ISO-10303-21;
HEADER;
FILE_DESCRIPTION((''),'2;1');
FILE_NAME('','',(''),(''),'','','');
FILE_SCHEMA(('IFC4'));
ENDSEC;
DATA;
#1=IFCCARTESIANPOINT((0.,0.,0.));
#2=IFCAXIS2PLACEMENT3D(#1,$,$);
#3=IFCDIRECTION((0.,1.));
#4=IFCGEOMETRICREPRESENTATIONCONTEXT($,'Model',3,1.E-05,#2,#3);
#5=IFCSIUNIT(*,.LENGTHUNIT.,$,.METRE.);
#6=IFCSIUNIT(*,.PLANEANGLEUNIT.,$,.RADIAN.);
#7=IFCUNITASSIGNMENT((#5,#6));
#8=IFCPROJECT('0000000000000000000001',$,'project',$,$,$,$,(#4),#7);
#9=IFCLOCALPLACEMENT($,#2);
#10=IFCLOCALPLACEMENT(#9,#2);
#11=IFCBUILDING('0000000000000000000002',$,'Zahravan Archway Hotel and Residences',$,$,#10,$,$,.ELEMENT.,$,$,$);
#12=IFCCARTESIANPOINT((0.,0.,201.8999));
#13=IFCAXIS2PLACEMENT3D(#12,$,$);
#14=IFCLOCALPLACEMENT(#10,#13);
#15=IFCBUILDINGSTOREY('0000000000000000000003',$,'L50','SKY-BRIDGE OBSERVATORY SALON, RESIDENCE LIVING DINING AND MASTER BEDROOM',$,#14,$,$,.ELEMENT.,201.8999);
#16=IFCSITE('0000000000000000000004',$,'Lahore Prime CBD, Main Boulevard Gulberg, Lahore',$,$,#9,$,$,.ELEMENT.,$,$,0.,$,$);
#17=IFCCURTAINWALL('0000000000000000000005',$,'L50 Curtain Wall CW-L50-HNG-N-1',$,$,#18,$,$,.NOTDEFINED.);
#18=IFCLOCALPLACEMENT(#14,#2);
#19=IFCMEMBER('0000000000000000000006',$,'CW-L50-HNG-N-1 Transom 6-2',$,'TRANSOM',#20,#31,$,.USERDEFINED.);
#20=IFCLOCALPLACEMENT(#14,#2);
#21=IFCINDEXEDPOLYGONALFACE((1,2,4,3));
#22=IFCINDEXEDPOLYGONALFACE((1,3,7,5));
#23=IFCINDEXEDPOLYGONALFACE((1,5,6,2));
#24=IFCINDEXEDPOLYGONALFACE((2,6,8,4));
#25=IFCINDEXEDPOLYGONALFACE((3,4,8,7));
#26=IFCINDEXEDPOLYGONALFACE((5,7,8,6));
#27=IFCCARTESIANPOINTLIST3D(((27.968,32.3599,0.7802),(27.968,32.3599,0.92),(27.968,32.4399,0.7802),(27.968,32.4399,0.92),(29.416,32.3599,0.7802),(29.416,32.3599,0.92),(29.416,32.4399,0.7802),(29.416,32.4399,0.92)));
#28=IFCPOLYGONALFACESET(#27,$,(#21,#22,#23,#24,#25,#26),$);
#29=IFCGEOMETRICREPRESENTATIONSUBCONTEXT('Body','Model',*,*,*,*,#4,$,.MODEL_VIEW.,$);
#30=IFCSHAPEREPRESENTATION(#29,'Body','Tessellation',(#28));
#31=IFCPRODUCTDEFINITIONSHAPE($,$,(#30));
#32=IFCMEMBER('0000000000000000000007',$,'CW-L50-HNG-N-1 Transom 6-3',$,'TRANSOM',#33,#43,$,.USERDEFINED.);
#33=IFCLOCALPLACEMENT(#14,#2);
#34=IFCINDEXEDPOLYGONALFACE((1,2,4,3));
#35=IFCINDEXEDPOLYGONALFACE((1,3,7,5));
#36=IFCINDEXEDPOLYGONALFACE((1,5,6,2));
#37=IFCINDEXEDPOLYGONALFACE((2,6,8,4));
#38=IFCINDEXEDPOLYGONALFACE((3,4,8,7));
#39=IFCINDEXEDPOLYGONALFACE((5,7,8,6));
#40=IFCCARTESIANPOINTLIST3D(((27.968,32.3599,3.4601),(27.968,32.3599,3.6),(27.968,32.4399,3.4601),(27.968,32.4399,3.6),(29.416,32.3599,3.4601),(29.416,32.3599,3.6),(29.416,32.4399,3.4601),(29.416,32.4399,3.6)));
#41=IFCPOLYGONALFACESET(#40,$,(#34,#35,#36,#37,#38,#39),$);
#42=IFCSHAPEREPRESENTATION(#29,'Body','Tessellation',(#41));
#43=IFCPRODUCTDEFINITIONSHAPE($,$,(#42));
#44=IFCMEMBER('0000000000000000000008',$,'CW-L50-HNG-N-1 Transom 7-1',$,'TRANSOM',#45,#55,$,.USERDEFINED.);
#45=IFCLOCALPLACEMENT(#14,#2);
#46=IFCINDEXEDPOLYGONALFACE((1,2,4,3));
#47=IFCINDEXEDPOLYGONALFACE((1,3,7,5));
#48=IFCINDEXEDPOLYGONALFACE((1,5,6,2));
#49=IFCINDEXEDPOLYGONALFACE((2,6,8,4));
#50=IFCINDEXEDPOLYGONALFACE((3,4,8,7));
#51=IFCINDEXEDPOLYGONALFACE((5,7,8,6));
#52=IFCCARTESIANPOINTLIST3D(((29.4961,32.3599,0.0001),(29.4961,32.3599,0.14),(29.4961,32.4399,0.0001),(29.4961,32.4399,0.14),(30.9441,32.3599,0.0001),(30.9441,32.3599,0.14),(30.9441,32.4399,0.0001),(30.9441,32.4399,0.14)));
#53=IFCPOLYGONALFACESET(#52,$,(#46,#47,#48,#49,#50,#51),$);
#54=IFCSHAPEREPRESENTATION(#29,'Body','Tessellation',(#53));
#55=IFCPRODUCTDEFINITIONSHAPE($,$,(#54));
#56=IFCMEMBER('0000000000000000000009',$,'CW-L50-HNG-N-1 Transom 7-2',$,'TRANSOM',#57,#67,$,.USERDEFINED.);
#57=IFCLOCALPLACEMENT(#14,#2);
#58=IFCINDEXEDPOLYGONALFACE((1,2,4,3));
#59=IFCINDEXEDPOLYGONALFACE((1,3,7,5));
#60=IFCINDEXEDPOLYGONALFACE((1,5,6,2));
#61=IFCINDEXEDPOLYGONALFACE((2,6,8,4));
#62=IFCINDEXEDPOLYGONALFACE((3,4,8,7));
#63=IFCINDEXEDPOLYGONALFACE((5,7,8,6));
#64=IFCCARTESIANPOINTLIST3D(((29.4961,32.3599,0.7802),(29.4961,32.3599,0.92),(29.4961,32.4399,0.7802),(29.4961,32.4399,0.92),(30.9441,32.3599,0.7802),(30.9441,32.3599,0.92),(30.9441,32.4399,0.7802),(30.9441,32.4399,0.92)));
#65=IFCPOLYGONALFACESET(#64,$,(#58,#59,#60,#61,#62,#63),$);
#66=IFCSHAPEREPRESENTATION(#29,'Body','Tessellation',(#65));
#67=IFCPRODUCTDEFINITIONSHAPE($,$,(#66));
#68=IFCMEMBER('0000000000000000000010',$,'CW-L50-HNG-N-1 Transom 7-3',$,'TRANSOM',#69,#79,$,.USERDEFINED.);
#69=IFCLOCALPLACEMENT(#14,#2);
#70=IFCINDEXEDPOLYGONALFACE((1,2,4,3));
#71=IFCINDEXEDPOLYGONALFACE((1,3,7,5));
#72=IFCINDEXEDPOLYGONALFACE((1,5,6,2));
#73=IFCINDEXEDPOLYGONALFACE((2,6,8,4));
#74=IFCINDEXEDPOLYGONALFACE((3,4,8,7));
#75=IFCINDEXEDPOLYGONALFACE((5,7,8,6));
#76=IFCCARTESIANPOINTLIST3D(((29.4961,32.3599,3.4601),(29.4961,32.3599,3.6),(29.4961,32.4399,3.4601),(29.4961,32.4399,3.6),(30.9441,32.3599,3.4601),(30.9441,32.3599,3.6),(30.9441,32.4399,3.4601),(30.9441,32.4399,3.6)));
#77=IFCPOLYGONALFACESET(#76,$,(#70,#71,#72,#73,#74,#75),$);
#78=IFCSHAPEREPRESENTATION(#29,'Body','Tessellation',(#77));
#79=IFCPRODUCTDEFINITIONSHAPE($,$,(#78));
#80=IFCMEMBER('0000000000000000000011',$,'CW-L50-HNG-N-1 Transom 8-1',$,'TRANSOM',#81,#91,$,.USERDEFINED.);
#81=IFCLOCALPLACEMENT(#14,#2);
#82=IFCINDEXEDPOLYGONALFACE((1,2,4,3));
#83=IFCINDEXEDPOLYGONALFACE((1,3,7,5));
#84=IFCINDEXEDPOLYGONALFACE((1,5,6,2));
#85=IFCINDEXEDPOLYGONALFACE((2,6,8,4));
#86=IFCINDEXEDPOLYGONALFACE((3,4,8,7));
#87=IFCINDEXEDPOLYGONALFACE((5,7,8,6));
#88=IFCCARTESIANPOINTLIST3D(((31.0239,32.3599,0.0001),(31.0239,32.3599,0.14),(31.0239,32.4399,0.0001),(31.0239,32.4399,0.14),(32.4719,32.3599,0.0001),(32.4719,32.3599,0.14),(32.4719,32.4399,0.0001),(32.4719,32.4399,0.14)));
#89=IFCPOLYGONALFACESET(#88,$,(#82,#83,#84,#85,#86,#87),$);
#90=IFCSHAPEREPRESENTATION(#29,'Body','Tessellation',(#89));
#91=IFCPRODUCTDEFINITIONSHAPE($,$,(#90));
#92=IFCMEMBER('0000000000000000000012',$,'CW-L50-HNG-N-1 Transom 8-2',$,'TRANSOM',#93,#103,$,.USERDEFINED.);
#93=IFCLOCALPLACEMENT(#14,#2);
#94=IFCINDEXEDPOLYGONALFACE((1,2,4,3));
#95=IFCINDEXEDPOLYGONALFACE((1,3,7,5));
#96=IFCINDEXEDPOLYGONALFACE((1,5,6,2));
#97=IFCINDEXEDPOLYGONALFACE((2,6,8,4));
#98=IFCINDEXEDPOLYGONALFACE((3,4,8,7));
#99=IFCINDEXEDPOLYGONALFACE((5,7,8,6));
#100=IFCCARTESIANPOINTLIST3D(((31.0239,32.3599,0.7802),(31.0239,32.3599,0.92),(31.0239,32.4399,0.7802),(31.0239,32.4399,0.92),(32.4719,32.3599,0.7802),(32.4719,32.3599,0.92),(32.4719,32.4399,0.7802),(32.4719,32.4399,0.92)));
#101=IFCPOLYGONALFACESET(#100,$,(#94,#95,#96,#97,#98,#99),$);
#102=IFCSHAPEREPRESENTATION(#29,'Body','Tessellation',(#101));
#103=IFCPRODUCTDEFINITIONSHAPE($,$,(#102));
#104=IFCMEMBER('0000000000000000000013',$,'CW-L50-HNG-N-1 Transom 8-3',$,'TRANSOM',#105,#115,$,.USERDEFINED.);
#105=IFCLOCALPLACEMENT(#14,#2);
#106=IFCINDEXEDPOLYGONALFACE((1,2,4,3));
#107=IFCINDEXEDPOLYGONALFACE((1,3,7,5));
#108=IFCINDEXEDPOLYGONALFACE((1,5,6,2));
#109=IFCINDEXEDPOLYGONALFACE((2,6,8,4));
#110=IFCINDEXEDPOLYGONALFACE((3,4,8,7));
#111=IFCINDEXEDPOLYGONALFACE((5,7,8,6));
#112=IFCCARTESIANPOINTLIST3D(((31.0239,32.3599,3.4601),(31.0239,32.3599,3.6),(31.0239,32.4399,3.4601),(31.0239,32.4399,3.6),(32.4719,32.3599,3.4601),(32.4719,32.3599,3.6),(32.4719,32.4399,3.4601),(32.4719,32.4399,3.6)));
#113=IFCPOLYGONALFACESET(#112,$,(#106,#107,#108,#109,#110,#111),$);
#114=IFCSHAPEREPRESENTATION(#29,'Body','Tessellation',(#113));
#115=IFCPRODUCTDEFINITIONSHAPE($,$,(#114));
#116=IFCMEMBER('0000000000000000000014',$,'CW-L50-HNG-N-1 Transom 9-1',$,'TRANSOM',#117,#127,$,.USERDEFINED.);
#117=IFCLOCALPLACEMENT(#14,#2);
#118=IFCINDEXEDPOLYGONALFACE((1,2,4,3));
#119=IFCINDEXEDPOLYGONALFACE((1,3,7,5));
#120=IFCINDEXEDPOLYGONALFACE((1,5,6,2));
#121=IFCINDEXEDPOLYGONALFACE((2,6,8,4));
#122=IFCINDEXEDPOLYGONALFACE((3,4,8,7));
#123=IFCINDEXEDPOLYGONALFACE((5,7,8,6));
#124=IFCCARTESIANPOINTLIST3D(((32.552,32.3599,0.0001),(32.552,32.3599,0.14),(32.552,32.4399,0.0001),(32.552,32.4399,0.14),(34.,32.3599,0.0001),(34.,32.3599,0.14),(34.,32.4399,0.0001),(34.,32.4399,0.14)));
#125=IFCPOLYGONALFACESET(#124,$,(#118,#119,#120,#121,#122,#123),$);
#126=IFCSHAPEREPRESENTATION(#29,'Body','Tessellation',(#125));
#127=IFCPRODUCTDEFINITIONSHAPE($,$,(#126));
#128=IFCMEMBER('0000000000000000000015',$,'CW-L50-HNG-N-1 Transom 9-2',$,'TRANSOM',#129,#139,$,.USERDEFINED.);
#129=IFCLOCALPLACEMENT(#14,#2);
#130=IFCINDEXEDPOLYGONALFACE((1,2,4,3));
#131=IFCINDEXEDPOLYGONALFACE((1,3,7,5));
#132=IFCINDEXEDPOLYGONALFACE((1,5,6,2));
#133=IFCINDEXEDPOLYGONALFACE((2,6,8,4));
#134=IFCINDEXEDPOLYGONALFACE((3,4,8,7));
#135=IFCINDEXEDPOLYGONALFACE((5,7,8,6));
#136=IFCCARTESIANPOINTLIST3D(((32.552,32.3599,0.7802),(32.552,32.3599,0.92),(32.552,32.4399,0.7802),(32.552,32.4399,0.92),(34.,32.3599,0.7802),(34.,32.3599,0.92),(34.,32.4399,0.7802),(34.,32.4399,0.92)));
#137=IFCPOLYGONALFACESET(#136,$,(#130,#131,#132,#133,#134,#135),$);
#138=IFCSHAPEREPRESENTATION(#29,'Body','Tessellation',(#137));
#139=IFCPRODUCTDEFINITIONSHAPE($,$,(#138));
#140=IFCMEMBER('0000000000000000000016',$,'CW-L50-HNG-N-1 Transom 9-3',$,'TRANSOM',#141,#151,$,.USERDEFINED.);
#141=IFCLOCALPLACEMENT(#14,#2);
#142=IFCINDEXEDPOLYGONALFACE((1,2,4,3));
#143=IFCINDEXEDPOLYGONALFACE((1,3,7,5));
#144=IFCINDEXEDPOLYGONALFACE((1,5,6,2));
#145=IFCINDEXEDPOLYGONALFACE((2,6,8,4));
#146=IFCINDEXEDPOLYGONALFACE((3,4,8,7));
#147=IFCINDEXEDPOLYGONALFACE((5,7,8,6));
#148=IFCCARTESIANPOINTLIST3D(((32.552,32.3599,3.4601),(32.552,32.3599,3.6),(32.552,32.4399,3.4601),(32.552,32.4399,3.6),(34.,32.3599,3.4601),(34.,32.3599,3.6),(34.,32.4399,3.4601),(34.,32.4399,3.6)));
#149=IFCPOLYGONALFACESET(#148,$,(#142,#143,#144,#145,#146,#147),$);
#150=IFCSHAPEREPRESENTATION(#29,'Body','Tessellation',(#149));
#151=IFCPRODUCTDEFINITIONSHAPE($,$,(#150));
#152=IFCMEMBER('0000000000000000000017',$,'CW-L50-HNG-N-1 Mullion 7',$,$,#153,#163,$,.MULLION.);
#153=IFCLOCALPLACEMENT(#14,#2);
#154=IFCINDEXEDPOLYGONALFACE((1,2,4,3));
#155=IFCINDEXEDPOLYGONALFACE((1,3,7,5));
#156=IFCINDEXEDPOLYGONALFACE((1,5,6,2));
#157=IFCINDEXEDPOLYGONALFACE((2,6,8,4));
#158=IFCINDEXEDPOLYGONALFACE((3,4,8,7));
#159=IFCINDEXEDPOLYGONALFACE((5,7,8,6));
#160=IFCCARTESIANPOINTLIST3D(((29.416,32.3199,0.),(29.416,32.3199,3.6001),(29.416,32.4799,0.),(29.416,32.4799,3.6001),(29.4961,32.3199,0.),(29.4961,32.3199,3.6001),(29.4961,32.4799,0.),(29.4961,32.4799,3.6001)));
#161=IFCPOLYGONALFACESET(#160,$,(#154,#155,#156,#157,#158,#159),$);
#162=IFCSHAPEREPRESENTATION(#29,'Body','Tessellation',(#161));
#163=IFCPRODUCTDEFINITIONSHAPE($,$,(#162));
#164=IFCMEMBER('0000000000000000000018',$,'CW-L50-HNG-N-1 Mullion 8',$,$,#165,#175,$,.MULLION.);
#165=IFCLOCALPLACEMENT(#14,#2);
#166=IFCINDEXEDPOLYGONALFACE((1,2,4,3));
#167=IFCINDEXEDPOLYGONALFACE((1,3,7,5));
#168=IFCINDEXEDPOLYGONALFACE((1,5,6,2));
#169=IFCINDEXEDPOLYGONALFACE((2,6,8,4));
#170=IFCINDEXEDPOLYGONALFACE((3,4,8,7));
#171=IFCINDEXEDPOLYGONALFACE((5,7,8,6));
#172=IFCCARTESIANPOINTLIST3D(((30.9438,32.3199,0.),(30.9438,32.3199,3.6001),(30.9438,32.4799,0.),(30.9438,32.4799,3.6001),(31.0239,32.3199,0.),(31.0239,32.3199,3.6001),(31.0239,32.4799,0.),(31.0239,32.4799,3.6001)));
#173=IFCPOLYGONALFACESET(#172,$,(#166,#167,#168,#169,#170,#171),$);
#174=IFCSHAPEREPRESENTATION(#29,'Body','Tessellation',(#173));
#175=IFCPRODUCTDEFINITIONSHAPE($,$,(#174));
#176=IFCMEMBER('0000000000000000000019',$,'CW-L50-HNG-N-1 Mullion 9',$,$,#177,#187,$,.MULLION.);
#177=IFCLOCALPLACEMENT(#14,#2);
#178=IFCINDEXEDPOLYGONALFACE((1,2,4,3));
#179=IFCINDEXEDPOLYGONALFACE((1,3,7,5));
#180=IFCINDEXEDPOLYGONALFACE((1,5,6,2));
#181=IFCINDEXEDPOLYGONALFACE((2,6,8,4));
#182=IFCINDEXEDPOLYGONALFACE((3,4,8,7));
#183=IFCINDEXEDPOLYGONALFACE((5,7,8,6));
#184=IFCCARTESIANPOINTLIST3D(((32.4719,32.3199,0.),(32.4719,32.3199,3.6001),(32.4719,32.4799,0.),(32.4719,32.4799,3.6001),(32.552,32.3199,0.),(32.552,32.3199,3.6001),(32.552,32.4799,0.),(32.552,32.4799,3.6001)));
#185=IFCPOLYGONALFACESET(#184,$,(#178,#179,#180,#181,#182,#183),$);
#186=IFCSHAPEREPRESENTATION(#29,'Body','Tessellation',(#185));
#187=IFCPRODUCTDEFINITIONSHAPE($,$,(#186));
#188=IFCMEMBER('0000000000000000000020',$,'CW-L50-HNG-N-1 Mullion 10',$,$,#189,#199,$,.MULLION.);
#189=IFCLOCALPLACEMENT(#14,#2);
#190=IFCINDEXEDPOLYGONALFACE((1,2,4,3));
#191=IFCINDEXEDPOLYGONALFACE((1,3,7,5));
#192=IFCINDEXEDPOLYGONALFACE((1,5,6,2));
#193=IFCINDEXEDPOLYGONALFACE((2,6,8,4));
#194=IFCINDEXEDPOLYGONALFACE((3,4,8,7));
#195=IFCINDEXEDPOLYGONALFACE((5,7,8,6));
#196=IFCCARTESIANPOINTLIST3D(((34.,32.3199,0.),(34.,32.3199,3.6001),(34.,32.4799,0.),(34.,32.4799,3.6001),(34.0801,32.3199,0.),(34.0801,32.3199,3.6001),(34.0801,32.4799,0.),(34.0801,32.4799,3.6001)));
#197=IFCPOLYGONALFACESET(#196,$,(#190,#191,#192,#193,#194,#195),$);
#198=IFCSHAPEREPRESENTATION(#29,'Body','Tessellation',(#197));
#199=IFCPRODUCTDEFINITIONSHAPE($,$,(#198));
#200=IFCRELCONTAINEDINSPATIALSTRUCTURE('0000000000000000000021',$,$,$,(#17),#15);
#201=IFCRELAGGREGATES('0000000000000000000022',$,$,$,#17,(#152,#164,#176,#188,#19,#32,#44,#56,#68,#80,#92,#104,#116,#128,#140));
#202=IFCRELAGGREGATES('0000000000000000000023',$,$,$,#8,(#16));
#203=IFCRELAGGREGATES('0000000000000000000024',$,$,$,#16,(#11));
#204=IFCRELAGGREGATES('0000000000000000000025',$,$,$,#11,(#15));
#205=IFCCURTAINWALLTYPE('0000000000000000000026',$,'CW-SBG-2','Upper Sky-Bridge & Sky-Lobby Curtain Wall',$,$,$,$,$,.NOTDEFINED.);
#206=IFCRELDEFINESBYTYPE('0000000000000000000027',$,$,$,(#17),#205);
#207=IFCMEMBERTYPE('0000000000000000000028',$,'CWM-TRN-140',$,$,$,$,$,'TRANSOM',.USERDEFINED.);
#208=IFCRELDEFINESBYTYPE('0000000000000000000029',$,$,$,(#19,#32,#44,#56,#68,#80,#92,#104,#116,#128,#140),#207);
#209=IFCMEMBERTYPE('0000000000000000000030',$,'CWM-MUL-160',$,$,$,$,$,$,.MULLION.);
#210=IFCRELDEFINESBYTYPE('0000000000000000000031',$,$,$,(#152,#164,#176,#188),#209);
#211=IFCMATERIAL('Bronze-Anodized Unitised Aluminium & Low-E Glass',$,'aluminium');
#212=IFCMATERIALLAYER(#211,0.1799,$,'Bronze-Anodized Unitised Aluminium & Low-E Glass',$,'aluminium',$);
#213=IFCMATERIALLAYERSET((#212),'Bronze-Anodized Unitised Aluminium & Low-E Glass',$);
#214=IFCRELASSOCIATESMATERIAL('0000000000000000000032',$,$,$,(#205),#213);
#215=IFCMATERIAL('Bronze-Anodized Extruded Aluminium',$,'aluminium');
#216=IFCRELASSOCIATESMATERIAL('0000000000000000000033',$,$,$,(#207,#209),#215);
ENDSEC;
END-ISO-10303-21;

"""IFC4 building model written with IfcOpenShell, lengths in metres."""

from ifc_helpers import new_model, si_unit, direction, frame, origin, origin_2d, place, context, subcontext, project, spatial, rectangle, extrude, source, transform, mapped, material, layer, layer_set, material_profile, profile_set, type_object, element, aggregate, save


model = new_model("IFC4")

# Units and contexts
model_context = context("Model", 3, precision=1e-05, world=origin(), true_north=direction((0.0, 1.0)))
body_context = subcontext(model_context, "Body", "Model", "MODEL_VIEW")
ifc_project = project(units=[si_unit("LENGTHUNIT", "METRE"), si_unit("PLANEANGLEUNIT", "RADIAN")], contexts=[model_context])

# Site, building, storey
site_placement = place(None, origin())
site = spatial("IfcSite", under=ifc_project, at=site_placement, Name="Lahore Prime CBD, Main Boulevard Gulberg, Lahore", CompositionType="ELEMENT", RefElevation=0.0)
building_placement = place(site_placement, origin())
building = spatial("IfcBuilding", under=site, at=building_placement, Name="Zahravan Archway Hotel and Residences", CompositionType="ELEMENT")
storey_placement = place(building_placement, frame((0.0, 0.0, 201.8999)))
storey = spatial("IfcBuildingStorey", under=building, at=storey_placement, Name="L50", Description="SKY-BRIDGE OBSERVATORY SALON, RESIDENCE LIVING DINING AND MASTER BEDROOM", CompositionType="ELEMENT", Elevation=201.8999)

# Curtain wall, members
ifc_material_1 = material(Name="Bronze-Anodized Unitised Aluminium & Low-E Glass", Category="aluminium")
ifc_layer_1 = layer(ifc_material_1, 0.1799, Name="Bronze-Anodized Unitised Aluminium & Low-E Glass", Category="aluminium")
ifc_layer_set_1 = layer_set([ifc_layer_1], Name="Bronze-Anodized Unitised Aluminium & Low-E Glass")
curtain_wall_type = type_object("IfcCurtainWallType", Name="CW-SBG-2", Description="Upper Sky-Bridge & Sky-Lobby Curtain Wall", PredefinedType="NOTDEFINED", material=ifc_layer_set_1)
curtain_wall_placement = place(storey_placement, origin())
curtain_wall = element("IfcCurtainWall", 1, at=curtain_wall_placement, inside=storey, type_object=curtain_wall_type, Name="L50 Curtain Wall CW-L50-HNG-N-1", PredefinedType="NOTDEFINED")
ifc_material_2 = material(Name="Bronze-Anodized Extruded Aluminium", Category="aluminium")
ifc_material_profile_1 = material_profile(ifc_material_2, rectangle(XDim=0.0801, YDim=0.1399, at=origin_2d()), Name="TRN 80x140", Category="aluminium")
ifc_profile_set_1 = profile_set([ifc_material_profile_1], Name="Bronze-Anodized Extruded Aluminium")
member_type_1 = type_object("IfcMemberType", Name="CWM-TRN-140", ElementType="TRANSOM", PredefinedType="USERDEFINED", material=ifc_profile_set_1)
shared_shape_1 = source(origin(), body_context, "Body", "SweptSolid", [
    extrude(rectangle(XDim=0.0801, YDim=0.1399, at=origin_2d()), origin(), (0.0, 0.0, 1.0), 1.448),
])
member_1_placement = place(storey_placement, frame((27.968, 32.3999, 0.8501), z_axis=(1.0, 0.0, 0.0), x_axis=(0.0, 1.0, 0.0)))
member_1 = element("IfcMember", 2, at=member_1_placement, type_object=member_type_1, Name="CW-L50-HNG-N-1 Transom 6-2", ObjectType="TRANSOM", PredefinedType="USERDEFINED", context=body_context, shape_type="MappedRepresentation", body=[
    mapped(shared_shape_1, transform((0.0, 0.0, 0.0), scale=1.0)),
])
member_2_placement = place(storey_placement, frame((27.968, 32.3999, 3.53), z_axis=(1.0, 0.0, 0.0), x_axis=(0.0, 1.0, 0.0)))
member_2 = element("IfcMember", 3, at=member_2_placement, type_object=member_type_1, Name="CW-L50-HNG-N-1 Transom 6-3", ObjectType="TRANSOM", PredefinedType="USERDEFINED", context=body_context, shape_type="MappedRepresentation", body=[
    mapped(shared_shape_1, transform((0.0, 0.0, 0.0), scale=1.0)),
])
member_3_placement = place(storey_placement, frame((29.4961, 32.3999, 0.0701), z_axis=(1.0, 0.0, 0.0), x_axis=(0.0, 1.0, 0.0)))
member_3 = element("IfcMember", 4, at=member_3_placement, type_object=member_type_1, Name="CW-L50-HNG-N-1 Transom 7-1", ObjectType="TRANSOM", PredefinedType="USERDEFINED", context=body_context, shape_type="MappedRepresentation", body=[
    mapped(shared_shape_1, transform((0.0, 0.0, 0.0), scale=1.0)),
])
member_4_placement = place(storey_placement, frame((29.4961, 32.3999, 0.8501), z_axis=(1.0, 0.0, 0.0), x_axis=(0.0, 1.0, 0.0)))
member_4 = element("IfcMember", 5, at=member_4_placement, type_object=member_type_1, Name="CW-L50-HNG-N-1 Transom 7-2", ObjectType="TRANSOM", PredefinedType="USERDEFINED", context=body_context, shape_type="MappedRepresentation", body=[
    mapped(shared_shape_1, transform((0.0, 0.0, 0.0), scale=1.0)),
])
member_5_placement = place(storey_placement, frame((29.4961, 32.3999, 3.53), z_axis=(1.0, 0.0, 0.0), x_axis=(0.0, 1.0, 0.0)))
member_5 = element("IfcMember", 6, at=member_5_placement, type_object=member_type_1, Name="CW-L50-HNG-N-1 Transom 7-3", ObjectType="TRANSOM", PredefinedType="USERDEFINED", context=body_context, shape_type="MappedRepresentation", body=[
    mapped(shared_shape_1, transform((0.0, 0.0, 0.0), scale=1.0)),
])
member_6_placement = place(storey_placement, frame((31.0239, 32.3999, 0.0701), z_axis=(1.0, 0.0, 0.0), x_axis=(0.0, 1.0, 0.0)))
member_6 = element("IfcMember", 7, at=member_6_placement, type_object=member_type_1, Name="CW-L50-HNG-N-1 Transom 8-1", ObjectType="TRANSOM", PredefinedType="USERDEFINED", context=body_context, shape_type="MappedRepresentation", body=[
    mapped(shared_shape_1, transform((0.0, 0.0, 0.0), scale=1.0)),
])
member_7_placement = place(storey_placement, frame((31.0239, 32.3999, 0.8501), z_axis=(1.0, 0.0, 0.0), x_axis=(0.0, 1.0, 0.0)))
member_7 = element("IfcMember", 8, at=member_7_placement, type_object=member_type_1, Name="CW-L50-HNG-N-1 Transom 8-2", ObjectType="TRANSOM", PredefinedType="USERDEFINED", context=body_context, shape_type="MappedRepresentation", body=[
    mapped(shared_shape_1, transform((0.0, 0.0, 0.0), scale=1.0)),
])
member_8_placement = place(storey_placement, frame((31.0239, 32.3999, 3.53), z_axis=(1.0, 0.0, 0.0), x_axis=(0.0, 1.0, 0.0)))
member_8 = element("IfcMember", 9, at=member_8_placement, type_object=member_type_1, Name="CW-L50-HNG-N-1 Transom 8-3", ObjectType="TRANSOM", PredefinedType="USERDEFINED", context=body_context, shape_type="MappedRepresentation", body=[
    mapped(shared_shape_1, transform((0.0, 0.0, 0.0), scale=1.0)),
])
member_9_placement = place(storey_placement, frame((32.552, 32.3999, 0.0701), z_axis=(1.0, 0.0, 0.0), x_axis=(0.0, 1.0, 0.0)))
member_9 = element("IfcMember", 10, at=member_9_placement, type_object=member_type_1, Name="CW-L50-HNG-N-1 Transom 9-1", ObjectType="TRANSOM", PredefinedType="USERDEFINED", context=body_context, shape_type="MappedRepresentation", body=[
    mapped(shared_shape_1, transform((0.0, 0.0, 0.0), scale=1.0)),
])
member_10_placement = place(storey_placement, frame((32.552, 32.3999, 0.8501), z_axis=(1.0, 0.0, 0.0), x_axis=(0.0, 1.0, 0.0)))
member_10 = element("IfcMember", 11, at=member_10_placement, type_object=member_type_1, Name="CW-L50-HNG-N-1 Transom 9-2", ObjectType="TRANSOM", PredefinedType="USERDEFINED", context=body_context, shape_type="MappedRepresentation", body=[
    mapped(shared_shape_1, transform((0.0, 0.0, 0.0), scale=1.0)),
])
member_11_placement = place(storey_placement, frame((32.552, 32.3999, 3.53), z_axis=(1.0, 0.0, 0.0), x_axis=(0.0, 1.0, 0.0)))
member_11 = element("IfcMember", 12, at=member_11_placement, type_object=member_type_1, Name="CW-L50-HNG-N-1 Transom 9-3", ObjectType="TRANSOM", PredefinedType="USERDEFINED", context=body_context, shape_type="MappedRepresentation", body=[
    mapped(shared_shape_1, transform((0.0, 0.0, 0.0), scale=1.0)),
])
ifc_material_profile_2 = material_profile(ifc_material_2, rectangle(XDim=0.0801, YDim=0.1599, at=origin_2d()), Name="MUL 80x160", Category="aluminium")
ifc_profile_set_2 = profile_set([ifc_material_profile_2], Name="Bronze-Anodized Extruded Aluminium")
member_type_2 = type_object("IfcMemberType", Name="CWM-MUL-160", PredefinedType="MULLION", material=ifc_profile_set_2)
shared_shape_2 = source(origin(), body_context, "Body", "SweptSolid", [
    extrude(rectangle(XDim=0.0801, YDim=0.1599, at=origin_2d()), origin(), (0.0, 0.0, 1.0), 3.6001),
])
member_12_placement = place(storey_placement, frame((29.4561, 32.3999, 0.0), z_axis=(0.0, 0.0, 1.0), x_axis=(1.0, 0.0, 0.0)))
member_12 = element("IfcMember", 13, at=member_12_placement, type_object=member_type_2, Name="CW-L50-HNG-N-1 Mullion 7", PredefinedType="MULLION", context=body_context, shape_type="MappedRepresentation", body=[
    mapped(shared_shape_2, transform((0.0, 0.0, 0.0), scale=1.0)),
])
member_13_placement = place(storey_placement, frame((30.9839, 32.3999, 0.0), z_axis=(0.0, 0.0, 1.0), x_axis=(1.0, 0.0, 0.0)))
member_13 = element("IfcMember", 14, at=member_13_placement, type_object=member_type_2, Name="CW-L50-HNG-N-1 Mullion 8", PredefinedType="MULLION", context=body_context, shape_type="MappedRepresentation", body=[
    mapped(shared_shape_2, transform((0.0, 0.0, 0.0), scale=1.0)),
])
member_14_placement = place(storey_placement, frame((32.512, 32.3999, 0.0), z_axis=(0.0, 0.0, 1.0), x_axis=(1.0, 0.0, 0.0)))
member_14 = element("IfcMember", 15, at=member_14_placement, type_object=member_type_2, Name="CW-L50-HNG-N-1 Mullion 9", PredefinedType="MULLION", context=body_context, shape_type="MappedRepresentation", body=[
    mapped(shared_shape_2, transform((0.0, 0.0, 0.0), scale=1.0)),
])
member_15_placement = place(storey_placement, frame((34.04, 32.3999, 0.0), z_axis=(0.0, 0.0, 1.0), x_axis=(1.0, 0.0, 0.0)))
member_15 = element("IfcMember", 16, at=member_15_placement, type_object=member_type_2, Name="CW-L50-HNG-N-1 Mullion 10", PredefinedType="MULLION", context=body_context, shape_type="MappedRepresentation", body=[
    mapped(shared_shape_2, transform((0.0, 0.0, 0.0), scale=1.0)),
])
aggregate(curtain_wall, [member_12, member_13, member_14, member_15, member_1, member_2, member_3, member_4, member_5, member_6, member_7, member_8, member_9, member_10, member_11])

save(model, "model.ifc")
